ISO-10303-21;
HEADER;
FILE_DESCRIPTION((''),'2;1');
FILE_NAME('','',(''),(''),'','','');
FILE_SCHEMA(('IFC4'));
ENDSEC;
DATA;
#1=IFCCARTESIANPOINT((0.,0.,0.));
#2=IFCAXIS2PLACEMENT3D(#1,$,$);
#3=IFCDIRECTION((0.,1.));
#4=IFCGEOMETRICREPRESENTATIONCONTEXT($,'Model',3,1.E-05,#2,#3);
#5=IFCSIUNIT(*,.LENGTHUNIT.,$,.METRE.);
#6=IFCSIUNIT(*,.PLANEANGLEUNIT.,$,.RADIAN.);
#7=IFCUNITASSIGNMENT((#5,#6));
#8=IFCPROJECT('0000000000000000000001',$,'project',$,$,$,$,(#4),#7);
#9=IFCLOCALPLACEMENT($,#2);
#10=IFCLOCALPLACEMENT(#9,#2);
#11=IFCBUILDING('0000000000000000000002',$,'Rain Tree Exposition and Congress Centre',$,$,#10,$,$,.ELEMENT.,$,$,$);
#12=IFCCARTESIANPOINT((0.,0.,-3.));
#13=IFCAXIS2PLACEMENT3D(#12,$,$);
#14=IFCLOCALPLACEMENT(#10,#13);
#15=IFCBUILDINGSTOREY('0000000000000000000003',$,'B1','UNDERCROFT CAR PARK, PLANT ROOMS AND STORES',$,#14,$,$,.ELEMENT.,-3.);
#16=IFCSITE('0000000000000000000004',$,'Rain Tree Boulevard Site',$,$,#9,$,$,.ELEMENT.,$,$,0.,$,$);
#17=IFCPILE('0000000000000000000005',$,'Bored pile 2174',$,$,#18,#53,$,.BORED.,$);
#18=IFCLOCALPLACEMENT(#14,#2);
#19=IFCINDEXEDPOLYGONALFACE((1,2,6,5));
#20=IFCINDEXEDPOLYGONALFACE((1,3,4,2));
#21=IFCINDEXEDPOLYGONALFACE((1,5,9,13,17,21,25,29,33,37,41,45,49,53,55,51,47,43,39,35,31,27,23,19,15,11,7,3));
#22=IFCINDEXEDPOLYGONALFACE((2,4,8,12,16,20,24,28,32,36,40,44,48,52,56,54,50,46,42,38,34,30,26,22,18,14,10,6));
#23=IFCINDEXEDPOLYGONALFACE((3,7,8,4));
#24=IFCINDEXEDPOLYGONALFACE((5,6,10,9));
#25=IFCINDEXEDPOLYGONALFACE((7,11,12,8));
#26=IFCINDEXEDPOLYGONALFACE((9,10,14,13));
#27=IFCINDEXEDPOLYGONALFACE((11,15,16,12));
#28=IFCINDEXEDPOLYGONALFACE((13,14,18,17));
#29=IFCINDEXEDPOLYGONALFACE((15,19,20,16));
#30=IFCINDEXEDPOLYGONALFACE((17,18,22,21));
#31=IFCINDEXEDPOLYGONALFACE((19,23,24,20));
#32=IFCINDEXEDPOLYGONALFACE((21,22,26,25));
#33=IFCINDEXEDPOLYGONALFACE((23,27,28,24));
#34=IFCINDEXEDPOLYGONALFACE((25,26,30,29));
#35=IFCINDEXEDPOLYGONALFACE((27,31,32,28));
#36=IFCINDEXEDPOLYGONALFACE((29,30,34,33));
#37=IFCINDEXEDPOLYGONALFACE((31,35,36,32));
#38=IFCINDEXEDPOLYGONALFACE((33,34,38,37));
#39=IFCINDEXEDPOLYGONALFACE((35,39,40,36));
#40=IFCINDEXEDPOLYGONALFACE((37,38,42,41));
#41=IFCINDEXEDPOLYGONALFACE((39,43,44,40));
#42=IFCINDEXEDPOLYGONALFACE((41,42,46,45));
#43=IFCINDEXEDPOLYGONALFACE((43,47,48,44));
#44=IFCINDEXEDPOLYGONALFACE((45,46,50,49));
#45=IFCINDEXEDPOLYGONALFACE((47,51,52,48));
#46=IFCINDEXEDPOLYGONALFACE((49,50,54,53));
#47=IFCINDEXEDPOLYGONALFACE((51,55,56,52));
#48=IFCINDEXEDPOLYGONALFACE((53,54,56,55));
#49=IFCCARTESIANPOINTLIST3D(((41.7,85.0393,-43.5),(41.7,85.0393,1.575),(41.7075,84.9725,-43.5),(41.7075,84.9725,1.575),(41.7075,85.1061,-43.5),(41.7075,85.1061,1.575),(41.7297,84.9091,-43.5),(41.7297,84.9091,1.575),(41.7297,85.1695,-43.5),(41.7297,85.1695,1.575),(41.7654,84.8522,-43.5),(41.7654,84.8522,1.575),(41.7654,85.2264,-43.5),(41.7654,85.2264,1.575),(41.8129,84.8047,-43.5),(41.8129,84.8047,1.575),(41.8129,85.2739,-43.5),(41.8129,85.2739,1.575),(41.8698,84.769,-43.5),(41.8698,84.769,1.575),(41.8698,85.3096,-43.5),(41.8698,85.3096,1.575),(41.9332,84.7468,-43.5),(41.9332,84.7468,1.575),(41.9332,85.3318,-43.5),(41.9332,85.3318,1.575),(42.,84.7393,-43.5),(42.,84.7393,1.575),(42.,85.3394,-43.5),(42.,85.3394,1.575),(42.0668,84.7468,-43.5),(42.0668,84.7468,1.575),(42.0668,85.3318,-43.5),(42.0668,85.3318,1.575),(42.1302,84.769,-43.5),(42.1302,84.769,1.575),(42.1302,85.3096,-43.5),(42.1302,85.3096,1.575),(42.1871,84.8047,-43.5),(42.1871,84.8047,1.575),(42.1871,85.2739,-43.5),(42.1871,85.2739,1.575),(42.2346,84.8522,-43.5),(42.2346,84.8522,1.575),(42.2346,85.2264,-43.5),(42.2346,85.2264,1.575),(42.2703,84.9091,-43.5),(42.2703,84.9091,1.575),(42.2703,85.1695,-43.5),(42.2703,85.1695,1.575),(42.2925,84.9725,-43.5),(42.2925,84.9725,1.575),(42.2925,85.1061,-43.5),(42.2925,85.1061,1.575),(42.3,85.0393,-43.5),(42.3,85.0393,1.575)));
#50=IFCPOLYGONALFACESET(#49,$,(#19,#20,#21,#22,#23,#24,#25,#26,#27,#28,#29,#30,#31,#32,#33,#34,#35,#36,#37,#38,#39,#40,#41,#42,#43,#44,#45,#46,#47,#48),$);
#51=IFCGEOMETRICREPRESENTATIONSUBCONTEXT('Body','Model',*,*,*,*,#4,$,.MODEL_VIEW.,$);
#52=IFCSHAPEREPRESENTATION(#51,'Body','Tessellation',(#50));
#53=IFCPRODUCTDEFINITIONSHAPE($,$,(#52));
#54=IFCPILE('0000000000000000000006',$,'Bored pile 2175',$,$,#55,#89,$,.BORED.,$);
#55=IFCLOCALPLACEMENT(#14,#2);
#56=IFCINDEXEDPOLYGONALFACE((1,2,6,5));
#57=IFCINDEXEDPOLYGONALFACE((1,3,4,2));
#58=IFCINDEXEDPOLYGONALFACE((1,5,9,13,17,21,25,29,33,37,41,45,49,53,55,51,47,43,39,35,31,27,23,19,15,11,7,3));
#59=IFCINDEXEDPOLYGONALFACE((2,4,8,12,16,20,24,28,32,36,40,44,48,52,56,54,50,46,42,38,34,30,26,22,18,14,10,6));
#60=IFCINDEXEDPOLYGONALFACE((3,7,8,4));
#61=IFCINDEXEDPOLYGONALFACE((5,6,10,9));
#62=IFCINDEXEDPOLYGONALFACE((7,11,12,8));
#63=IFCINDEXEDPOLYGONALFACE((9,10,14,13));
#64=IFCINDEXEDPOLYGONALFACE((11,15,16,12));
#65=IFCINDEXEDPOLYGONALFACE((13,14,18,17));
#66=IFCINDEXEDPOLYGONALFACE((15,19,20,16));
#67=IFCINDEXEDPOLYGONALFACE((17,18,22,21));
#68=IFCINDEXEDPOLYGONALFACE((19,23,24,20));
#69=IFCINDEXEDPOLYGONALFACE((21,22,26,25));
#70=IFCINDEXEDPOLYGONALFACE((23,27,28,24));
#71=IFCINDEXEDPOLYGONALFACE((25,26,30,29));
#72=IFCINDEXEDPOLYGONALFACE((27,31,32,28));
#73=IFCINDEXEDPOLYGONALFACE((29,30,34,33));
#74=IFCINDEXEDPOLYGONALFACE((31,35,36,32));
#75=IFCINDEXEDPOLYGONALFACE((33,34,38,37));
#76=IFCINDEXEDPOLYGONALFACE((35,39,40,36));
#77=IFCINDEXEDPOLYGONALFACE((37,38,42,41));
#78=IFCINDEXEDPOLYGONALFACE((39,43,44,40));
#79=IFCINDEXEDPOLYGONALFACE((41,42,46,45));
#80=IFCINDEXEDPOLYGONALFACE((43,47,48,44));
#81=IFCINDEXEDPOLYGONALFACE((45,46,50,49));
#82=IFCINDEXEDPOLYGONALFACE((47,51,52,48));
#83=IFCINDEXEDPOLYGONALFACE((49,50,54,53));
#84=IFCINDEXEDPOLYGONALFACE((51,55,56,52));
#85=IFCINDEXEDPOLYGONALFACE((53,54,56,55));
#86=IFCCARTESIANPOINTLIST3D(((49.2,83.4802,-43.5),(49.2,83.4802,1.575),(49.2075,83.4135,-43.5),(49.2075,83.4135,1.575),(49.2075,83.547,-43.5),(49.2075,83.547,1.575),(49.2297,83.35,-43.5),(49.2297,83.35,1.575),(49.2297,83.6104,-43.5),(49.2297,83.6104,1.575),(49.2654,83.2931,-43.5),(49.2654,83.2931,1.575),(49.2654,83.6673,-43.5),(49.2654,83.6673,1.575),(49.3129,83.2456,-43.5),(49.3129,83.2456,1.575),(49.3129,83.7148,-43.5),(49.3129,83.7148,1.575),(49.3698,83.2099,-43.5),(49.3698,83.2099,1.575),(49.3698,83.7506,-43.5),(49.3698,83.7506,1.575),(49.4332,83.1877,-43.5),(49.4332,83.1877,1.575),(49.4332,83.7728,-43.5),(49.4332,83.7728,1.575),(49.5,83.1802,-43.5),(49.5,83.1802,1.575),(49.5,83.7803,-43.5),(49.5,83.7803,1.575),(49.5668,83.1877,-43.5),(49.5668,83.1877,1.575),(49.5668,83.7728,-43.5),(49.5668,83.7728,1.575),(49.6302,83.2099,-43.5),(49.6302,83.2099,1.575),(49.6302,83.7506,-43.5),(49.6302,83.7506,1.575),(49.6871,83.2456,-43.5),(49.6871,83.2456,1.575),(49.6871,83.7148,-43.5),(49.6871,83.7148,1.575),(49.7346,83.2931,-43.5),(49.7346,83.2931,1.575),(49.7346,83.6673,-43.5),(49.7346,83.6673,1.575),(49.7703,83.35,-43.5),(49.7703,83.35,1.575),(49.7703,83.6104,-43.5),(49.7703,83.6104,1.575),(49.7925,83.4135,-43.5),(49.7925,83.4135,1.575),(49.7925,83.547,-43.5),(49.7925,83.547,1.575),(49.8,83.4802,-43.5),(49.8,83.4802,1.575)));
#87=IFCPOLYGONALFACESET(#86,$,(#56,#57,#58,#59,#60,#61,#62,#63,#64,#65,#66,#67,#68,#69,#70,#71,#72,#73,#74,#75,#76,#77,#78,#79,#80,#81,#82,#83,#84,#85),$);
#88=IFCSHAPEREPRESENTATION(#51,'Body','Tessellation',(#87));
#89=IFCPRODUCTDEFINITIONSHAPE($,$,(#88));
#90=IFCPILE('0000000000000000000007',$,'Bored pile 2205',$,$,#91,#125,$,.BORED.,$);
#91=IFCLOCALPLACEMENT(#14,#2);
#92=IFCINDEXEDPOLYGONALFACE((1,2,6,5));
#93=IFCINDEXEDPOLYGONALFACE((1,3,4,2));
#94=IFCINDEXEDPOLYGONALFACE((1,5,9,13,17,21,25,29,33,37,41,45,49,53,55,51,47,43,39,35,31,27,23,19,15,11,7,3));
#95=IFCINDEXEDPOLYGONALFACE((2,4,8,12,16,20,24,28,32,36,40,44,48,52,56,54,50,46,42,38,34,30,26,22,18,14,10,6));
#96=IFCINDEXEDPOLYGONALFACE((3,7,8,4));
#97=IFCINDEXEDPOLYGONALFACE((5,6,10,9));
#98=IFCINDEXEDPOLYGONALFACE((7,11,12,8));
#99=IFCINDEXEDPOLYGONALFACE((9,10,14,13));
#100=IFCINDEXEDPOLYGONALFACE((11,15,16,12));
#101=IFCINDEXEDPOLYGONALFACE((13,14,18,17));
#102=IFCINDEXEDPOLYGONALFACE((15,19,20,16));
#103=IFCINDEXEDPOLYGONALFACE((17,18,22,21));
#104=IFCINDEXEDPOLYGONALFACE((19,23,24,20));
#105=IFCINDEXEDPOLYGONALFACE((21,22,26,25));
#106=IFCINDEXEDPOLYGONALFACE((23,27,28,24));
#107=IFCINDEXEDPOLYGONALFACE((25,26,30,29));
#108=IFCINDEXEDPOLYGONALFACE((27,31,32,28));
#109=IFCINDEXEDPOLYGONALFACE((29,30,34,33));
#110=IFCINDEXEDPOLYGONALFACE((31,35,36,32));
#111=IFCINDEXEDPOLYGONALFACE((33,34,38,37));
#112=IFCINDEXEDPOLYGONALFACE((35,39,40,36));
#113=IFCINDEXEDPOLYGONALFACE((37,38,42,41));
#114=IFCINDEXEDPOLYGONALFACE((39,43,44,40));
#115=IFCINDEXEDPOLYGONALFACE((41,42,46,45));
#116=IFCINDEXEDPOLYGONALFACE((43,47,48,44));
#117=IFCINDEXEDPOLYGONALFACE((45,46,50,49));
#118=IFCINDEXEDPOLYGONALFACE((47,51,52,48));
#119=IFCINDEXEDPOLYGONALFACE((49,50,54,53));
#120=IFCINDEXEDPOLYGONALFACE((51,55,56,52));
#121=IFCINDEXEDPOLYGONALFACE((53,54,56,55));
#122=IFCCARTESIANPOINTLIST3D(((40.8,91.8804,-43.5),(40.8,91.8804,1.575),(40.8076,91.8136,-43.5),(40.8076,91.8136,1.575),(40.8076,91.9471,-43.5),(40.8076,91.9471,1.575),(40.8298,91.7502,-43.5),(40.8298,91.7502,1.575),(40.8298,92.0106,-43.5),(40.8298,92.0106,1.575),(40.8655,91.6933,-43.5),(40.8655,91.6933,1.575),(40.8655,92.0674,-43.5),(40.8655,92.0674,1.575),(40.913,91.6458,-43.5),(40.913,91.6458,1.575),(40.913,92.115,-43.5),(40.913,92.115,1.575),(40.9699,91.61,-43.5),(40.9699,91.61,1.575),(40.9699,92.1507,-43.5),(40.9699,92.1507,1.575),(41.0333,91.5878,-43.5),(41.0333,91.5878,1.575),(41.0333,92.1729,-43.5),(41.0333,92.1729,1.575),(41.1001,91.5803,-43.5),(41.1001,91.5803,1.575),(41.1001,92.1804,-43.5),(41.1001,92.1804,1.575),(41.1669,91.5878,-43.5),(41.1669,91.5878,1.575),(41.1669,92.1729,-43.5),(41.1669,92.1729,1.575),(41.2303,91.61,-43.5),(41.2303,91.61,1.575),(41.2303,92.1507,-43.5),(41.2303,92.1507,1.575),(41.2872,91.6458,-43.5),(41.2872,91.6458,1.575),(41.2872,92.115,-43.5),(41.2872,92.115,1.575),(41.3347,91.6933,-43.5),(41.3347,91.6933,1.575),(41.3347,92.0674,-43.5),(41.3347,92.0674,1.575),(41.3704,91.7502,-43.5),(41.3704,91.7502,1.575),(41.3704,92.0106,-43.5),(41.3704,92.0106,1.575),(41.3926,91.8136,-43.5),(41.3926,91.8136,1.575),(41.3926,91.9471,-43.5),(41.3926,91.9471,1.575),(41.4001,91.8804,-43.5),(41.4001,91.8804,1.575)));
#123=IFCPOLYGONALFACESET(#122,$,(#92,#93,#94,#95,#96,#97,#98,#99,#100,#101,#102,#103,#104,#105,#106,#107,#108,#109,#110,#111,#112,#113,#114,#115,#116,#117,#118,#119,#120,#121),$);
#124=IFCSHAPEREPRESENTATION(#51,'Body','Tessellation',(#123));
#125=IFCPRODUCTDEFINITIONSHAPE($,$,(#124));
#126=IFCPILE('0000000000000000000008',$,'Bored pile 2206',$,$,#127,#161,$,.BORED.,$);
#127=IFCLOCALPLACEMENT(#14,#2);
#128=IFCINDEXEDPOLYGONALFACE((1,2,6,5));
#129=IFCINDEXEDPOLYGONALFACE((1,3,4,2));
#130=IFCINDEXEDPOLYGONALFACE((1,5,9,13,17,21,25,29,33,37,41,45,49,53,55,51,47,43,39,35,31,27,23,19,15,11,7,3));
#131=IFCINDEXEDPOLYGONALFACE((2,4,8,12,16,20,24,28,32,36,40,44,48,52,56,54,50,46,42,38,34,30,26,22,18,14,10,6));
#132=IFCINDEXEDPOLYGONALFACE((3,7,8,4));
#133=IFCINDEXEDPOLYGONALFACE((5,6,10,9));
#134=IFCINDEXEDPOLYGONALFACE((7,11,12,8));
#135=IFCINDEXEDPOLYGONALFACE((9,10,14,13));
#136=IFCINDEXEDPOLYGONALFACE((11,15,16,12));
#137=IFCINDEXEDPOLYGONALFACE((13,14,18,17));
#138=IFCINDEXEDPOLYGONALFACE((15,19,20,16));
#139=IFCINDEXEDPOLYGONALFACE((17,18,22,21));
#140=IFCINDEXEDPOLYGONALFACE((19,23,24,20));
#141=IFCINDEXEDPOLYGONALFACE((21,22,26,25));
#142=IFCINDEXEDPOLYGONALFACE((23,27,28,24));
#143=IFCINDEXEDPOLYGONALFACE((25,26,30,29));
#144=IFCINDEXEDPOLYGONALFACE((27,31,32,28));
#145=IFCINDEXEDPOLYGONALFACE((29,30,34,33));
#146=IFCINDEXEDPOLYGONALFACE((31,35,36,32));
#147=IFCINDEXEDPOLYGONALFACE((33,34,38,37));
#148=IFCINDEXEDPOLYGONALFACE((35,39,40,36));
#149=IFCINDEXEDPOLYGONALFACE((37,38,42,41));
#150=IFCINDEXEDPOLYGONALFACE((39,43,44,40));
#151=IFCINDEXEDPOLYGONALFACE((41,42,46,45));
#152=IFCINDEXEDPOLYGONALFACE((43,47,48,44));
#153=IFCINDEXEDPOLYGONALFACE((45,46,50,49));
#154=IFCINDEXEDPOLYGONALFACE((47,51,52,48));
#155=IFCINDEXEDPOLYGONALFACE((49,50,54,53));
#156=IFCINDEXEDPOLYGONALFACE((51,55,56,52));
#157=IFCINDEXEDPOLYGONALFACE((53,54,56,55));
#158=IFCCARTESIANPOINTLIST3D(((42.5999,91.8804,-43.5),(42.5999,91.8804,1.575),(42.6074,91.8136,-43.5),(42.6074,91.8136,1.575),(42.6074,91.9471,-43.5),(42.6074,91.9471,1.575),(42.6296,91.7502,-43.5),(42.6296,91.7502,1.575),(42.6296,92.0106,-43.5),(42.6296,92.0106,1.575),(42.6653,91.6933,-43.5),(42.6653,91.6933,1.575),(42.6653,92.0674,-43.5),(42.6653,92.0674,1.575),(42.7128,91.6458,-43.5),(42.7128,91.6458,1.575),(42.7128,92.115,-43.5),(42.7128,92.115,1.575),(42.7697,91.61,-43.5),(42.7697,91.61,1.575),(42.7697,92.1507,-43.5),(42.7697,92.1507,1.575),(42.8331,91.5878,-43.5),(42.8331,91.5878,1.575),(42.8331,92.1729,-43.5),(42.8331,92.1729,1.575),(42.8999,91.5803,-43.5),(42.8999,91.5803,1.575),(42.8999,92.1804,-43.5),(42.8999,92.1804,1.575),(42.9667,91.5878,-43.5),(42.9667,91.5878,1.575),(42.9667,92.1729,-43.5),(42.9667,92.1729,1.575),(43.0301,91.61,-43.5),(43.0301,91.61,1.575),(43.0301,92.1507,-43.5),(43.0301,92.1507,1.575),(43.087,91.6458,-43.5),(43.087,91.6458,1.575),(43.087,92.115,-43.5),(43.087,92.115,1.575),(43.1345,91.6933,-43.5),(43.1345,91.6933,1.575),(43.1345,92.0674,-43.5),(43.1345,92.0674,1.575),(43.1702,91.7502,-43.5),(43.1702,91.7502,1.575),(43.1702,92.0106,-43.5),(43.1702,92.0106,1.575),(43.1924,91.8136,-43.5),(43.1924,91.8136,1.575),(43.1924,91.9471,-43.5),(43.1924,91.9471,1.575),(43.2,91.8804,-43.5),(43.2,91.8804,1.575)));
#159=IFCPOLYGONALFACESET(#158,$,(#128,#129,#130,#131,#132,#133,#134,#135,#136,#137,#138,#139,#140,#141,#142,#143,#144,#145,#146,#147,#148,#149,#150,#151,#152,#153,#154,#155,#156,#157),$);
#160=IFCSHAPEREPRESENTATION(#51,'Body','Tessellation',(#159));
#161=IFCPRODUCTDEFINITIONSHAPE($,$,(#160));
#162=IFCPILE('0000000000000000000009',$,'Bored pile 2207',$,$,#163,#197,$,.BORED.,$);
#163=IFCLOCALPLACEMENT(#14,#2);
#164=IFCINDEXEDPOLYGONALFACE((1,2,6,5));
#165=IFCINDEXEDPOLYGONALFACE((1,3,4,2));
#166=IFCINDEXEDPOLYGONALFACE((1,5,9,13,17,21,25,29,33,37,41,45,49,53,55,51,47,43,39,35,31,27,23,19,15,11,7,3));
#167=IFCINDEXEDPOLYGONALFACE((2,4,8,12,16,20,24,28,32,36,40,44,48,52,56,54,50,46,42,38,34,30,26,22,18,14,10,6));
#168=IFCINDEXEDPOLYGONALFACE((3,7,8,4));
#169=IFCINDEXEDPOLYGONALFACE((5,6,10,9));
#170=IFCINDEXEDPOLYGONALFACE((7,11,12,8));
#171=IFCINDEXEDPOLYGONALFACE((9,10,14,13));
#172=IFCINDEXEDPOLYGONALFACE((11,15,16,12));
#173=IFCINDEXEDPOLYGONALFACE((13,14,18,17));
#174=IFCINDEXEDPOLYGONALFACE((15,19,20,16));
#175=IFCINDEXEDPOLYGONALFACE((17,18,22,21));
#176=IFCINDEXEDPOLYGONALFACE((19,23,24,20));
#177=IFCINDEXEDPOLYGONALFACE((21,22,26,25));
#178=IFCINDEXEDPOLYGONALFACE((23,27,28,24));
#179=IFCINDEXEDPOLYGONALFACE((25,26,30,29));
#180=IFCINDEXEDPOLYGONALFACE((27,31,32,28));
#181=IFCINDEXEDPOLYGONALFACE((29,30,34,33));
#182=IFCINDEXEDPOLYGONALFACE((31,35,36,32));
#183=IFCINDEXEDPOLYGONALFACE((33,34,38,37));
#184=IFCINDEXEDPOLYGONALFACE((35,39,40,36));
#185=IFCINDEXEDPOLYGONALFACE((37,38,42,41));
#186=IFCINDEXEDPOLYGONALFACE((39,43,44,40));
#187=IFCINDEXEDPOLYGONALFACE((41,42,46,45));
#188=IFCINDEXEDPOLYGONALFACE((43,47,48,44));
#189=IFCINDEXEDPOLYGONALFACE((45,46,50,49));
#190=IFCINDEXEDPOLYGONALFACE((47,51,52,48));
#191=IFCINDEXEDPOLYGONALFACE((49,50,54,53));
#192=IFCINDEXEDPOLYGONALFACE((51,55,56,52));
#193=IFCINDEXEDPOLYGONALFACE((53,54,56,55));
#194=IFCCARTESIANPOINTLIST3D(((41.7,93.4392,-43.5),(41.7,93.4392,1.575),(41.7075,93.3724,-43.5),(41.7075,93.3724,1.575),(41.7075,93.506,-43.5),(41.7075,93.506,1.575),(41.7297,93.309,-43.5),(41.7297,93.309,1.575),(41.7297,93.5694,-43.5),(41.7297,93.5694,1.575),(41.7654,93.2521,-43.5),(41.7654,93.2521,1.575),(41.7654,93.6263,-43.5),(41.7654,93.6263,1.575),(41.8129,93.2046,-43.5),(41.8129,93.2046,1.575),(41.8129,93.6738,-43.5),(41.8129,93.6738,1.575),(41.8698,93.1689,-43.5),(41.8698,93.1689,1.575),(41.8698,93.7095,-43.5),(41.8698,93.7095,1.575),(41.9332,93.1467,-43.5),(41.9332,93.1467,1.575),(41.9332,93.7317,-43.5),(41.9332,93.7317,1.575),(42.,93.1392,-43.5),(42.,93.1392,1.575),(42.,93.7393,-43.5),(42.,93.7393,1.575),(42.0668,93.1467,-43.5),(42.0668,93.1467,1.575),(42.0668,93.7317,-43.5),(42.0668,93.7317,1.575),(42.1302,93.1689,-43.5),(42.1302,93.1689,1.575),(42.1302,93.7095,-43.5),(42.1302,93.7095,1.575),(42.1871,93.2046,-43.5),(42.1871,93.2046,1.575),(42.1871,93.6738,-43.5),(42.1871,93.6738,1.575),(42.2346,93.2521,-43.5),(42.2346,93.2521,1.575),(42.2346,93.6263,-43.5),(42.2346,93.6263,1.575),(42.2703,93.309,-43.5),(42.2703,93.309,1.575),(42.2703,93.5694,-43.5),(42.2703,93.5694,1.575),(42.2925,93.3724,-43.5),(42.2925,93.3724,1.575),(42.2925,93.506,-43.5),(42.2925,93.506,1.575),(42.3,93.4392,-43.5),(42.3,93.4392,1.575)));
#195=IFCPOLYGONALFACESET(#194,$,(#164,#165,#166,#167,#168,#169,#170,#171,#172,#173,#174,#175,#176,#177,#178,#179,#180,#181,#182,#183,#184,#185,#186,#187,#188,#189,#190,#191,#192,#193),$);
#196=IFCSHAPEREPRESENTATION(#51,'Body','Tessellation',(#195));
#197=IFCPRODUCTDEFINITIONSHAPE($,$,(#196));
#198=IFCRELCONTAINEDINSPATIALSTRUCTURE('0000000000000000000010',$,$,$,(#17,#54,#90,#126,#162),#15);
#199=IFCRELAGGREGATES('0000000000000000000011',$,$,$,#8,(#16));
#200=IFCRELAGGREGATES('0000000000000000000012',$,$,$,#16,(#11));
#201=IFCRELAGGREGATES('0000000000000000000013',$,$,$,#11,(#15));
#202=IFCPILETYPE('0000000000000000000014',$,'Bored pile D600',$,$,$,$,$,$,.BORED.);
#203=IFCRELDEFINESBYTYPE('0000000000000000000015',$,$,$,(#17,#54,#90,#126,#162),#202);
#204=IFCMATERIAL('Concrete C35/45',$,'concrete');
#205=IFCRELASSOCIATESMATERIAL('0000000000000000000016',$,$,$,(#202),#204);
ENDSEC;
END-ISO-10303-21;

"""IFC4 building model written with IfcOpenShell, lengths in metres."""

from ifc_helpers import new_model, si_unit, direction, frame, origin, origin_2d, place, context, subcontext, project, spatial, circle, extrude, material, material_profile, profile_set, type_object, element, save


model = new_model("IFC4")

# Units and contexts
model_context = context("Model", 3, precision=1e-05, world=origin(), true_north=direction((0.0, 1.0)))
body_context = subcontext(model_context, "Body", "Model", "MODEL_VIEW")
ifc_project = project(units=[si_unit("LENGTHUNIT", "METRE"), si_unit("PLANEANGLEUNIT", "RADIAN")], contexts=[model_context])

# Site, building, storey
site_placement = place(None, origin())
site = spatial("IfcSite", under=ifc_project, at=site_placement, Name="Rain Tree Boulevard Site", CompositionType="ELEMENT", RefElevation=0.0)
building_placement = place(site_placement, origin())
building = spatial("IfcBuilding", under=site, at=building_placement, Name="Rain Tree Exposition and Congress Centre", CompositionType="ELEMENT")
storey_placement = place(building_placement, frame((0.0, 0.0, -3.0)))
storey = spatial("IfcBuildingStorey", under=building, at=storey_placement, Name="B1", Description="UNDERCROFT CAR PARK, PLANT ROOMS AND STORES", CompositionType="ELEMENT", Elevation=-3.0)

# Piles
ifc_material_1 = material(Name="Concrete C35/45", Category="concrete")
ifc_material_profile_1 = material_profile(ifc_material_1, circle(Radius=0.3, at=origin_2d()), Name="D600")
ifc_profile_set_1 = profile_set([ifc_material_profile_1], Name="Concrete C35/45")
pile_type_1 = type_object("IfcPileType", Name="Bored pile D600", PredefinedType="BORED", material=ifc_profile_set_1)
for number, where, z_axis, x_axis, name in (
    (1, (42.0, 85.0393, 1.575), (0.0, 0.0, -1.0), (1.0, 0.0, 0.0), "Bored pile 2174"),
    (2, (49.5, 83.4802, 1.575), (0.0, 0.0, -1.0), (1.0, 0.0, 0.0), "Bored pile 2175"),
    (3, (41.1001, 91.8804, 1.575), (0.0, 0.0, -1.0), (1.0, 0.0, 0.0), "Bored pile 2205"),
    (4, (42.8999, 91.8804, 1.575), (0.0, 0.0, -1.0), (1.0, 0.0, 0.0), "Bored pile 2206"),
    (5, (42.0, 93.4392, 1.575), (0.0, 0.0, -1.0), (1.0, 0.0, 0.0), "Bored pile 2207"),
):
    element("IfcPile", number, at=place(storey_placement, frame(where, z_axis=z_axis, x_axis=x_axis)), inside=storey, type_object=pile_type_1, Name=name, PredefinedType="BORED", context=body_context, shape_type="SweptSolid", body=[
        extrude(circle(Radius=0.3, at=origin_2d()), origin(), (0.0, 0.0, 1.0), 45.075),
    ])

save(model, "model.ifc")
